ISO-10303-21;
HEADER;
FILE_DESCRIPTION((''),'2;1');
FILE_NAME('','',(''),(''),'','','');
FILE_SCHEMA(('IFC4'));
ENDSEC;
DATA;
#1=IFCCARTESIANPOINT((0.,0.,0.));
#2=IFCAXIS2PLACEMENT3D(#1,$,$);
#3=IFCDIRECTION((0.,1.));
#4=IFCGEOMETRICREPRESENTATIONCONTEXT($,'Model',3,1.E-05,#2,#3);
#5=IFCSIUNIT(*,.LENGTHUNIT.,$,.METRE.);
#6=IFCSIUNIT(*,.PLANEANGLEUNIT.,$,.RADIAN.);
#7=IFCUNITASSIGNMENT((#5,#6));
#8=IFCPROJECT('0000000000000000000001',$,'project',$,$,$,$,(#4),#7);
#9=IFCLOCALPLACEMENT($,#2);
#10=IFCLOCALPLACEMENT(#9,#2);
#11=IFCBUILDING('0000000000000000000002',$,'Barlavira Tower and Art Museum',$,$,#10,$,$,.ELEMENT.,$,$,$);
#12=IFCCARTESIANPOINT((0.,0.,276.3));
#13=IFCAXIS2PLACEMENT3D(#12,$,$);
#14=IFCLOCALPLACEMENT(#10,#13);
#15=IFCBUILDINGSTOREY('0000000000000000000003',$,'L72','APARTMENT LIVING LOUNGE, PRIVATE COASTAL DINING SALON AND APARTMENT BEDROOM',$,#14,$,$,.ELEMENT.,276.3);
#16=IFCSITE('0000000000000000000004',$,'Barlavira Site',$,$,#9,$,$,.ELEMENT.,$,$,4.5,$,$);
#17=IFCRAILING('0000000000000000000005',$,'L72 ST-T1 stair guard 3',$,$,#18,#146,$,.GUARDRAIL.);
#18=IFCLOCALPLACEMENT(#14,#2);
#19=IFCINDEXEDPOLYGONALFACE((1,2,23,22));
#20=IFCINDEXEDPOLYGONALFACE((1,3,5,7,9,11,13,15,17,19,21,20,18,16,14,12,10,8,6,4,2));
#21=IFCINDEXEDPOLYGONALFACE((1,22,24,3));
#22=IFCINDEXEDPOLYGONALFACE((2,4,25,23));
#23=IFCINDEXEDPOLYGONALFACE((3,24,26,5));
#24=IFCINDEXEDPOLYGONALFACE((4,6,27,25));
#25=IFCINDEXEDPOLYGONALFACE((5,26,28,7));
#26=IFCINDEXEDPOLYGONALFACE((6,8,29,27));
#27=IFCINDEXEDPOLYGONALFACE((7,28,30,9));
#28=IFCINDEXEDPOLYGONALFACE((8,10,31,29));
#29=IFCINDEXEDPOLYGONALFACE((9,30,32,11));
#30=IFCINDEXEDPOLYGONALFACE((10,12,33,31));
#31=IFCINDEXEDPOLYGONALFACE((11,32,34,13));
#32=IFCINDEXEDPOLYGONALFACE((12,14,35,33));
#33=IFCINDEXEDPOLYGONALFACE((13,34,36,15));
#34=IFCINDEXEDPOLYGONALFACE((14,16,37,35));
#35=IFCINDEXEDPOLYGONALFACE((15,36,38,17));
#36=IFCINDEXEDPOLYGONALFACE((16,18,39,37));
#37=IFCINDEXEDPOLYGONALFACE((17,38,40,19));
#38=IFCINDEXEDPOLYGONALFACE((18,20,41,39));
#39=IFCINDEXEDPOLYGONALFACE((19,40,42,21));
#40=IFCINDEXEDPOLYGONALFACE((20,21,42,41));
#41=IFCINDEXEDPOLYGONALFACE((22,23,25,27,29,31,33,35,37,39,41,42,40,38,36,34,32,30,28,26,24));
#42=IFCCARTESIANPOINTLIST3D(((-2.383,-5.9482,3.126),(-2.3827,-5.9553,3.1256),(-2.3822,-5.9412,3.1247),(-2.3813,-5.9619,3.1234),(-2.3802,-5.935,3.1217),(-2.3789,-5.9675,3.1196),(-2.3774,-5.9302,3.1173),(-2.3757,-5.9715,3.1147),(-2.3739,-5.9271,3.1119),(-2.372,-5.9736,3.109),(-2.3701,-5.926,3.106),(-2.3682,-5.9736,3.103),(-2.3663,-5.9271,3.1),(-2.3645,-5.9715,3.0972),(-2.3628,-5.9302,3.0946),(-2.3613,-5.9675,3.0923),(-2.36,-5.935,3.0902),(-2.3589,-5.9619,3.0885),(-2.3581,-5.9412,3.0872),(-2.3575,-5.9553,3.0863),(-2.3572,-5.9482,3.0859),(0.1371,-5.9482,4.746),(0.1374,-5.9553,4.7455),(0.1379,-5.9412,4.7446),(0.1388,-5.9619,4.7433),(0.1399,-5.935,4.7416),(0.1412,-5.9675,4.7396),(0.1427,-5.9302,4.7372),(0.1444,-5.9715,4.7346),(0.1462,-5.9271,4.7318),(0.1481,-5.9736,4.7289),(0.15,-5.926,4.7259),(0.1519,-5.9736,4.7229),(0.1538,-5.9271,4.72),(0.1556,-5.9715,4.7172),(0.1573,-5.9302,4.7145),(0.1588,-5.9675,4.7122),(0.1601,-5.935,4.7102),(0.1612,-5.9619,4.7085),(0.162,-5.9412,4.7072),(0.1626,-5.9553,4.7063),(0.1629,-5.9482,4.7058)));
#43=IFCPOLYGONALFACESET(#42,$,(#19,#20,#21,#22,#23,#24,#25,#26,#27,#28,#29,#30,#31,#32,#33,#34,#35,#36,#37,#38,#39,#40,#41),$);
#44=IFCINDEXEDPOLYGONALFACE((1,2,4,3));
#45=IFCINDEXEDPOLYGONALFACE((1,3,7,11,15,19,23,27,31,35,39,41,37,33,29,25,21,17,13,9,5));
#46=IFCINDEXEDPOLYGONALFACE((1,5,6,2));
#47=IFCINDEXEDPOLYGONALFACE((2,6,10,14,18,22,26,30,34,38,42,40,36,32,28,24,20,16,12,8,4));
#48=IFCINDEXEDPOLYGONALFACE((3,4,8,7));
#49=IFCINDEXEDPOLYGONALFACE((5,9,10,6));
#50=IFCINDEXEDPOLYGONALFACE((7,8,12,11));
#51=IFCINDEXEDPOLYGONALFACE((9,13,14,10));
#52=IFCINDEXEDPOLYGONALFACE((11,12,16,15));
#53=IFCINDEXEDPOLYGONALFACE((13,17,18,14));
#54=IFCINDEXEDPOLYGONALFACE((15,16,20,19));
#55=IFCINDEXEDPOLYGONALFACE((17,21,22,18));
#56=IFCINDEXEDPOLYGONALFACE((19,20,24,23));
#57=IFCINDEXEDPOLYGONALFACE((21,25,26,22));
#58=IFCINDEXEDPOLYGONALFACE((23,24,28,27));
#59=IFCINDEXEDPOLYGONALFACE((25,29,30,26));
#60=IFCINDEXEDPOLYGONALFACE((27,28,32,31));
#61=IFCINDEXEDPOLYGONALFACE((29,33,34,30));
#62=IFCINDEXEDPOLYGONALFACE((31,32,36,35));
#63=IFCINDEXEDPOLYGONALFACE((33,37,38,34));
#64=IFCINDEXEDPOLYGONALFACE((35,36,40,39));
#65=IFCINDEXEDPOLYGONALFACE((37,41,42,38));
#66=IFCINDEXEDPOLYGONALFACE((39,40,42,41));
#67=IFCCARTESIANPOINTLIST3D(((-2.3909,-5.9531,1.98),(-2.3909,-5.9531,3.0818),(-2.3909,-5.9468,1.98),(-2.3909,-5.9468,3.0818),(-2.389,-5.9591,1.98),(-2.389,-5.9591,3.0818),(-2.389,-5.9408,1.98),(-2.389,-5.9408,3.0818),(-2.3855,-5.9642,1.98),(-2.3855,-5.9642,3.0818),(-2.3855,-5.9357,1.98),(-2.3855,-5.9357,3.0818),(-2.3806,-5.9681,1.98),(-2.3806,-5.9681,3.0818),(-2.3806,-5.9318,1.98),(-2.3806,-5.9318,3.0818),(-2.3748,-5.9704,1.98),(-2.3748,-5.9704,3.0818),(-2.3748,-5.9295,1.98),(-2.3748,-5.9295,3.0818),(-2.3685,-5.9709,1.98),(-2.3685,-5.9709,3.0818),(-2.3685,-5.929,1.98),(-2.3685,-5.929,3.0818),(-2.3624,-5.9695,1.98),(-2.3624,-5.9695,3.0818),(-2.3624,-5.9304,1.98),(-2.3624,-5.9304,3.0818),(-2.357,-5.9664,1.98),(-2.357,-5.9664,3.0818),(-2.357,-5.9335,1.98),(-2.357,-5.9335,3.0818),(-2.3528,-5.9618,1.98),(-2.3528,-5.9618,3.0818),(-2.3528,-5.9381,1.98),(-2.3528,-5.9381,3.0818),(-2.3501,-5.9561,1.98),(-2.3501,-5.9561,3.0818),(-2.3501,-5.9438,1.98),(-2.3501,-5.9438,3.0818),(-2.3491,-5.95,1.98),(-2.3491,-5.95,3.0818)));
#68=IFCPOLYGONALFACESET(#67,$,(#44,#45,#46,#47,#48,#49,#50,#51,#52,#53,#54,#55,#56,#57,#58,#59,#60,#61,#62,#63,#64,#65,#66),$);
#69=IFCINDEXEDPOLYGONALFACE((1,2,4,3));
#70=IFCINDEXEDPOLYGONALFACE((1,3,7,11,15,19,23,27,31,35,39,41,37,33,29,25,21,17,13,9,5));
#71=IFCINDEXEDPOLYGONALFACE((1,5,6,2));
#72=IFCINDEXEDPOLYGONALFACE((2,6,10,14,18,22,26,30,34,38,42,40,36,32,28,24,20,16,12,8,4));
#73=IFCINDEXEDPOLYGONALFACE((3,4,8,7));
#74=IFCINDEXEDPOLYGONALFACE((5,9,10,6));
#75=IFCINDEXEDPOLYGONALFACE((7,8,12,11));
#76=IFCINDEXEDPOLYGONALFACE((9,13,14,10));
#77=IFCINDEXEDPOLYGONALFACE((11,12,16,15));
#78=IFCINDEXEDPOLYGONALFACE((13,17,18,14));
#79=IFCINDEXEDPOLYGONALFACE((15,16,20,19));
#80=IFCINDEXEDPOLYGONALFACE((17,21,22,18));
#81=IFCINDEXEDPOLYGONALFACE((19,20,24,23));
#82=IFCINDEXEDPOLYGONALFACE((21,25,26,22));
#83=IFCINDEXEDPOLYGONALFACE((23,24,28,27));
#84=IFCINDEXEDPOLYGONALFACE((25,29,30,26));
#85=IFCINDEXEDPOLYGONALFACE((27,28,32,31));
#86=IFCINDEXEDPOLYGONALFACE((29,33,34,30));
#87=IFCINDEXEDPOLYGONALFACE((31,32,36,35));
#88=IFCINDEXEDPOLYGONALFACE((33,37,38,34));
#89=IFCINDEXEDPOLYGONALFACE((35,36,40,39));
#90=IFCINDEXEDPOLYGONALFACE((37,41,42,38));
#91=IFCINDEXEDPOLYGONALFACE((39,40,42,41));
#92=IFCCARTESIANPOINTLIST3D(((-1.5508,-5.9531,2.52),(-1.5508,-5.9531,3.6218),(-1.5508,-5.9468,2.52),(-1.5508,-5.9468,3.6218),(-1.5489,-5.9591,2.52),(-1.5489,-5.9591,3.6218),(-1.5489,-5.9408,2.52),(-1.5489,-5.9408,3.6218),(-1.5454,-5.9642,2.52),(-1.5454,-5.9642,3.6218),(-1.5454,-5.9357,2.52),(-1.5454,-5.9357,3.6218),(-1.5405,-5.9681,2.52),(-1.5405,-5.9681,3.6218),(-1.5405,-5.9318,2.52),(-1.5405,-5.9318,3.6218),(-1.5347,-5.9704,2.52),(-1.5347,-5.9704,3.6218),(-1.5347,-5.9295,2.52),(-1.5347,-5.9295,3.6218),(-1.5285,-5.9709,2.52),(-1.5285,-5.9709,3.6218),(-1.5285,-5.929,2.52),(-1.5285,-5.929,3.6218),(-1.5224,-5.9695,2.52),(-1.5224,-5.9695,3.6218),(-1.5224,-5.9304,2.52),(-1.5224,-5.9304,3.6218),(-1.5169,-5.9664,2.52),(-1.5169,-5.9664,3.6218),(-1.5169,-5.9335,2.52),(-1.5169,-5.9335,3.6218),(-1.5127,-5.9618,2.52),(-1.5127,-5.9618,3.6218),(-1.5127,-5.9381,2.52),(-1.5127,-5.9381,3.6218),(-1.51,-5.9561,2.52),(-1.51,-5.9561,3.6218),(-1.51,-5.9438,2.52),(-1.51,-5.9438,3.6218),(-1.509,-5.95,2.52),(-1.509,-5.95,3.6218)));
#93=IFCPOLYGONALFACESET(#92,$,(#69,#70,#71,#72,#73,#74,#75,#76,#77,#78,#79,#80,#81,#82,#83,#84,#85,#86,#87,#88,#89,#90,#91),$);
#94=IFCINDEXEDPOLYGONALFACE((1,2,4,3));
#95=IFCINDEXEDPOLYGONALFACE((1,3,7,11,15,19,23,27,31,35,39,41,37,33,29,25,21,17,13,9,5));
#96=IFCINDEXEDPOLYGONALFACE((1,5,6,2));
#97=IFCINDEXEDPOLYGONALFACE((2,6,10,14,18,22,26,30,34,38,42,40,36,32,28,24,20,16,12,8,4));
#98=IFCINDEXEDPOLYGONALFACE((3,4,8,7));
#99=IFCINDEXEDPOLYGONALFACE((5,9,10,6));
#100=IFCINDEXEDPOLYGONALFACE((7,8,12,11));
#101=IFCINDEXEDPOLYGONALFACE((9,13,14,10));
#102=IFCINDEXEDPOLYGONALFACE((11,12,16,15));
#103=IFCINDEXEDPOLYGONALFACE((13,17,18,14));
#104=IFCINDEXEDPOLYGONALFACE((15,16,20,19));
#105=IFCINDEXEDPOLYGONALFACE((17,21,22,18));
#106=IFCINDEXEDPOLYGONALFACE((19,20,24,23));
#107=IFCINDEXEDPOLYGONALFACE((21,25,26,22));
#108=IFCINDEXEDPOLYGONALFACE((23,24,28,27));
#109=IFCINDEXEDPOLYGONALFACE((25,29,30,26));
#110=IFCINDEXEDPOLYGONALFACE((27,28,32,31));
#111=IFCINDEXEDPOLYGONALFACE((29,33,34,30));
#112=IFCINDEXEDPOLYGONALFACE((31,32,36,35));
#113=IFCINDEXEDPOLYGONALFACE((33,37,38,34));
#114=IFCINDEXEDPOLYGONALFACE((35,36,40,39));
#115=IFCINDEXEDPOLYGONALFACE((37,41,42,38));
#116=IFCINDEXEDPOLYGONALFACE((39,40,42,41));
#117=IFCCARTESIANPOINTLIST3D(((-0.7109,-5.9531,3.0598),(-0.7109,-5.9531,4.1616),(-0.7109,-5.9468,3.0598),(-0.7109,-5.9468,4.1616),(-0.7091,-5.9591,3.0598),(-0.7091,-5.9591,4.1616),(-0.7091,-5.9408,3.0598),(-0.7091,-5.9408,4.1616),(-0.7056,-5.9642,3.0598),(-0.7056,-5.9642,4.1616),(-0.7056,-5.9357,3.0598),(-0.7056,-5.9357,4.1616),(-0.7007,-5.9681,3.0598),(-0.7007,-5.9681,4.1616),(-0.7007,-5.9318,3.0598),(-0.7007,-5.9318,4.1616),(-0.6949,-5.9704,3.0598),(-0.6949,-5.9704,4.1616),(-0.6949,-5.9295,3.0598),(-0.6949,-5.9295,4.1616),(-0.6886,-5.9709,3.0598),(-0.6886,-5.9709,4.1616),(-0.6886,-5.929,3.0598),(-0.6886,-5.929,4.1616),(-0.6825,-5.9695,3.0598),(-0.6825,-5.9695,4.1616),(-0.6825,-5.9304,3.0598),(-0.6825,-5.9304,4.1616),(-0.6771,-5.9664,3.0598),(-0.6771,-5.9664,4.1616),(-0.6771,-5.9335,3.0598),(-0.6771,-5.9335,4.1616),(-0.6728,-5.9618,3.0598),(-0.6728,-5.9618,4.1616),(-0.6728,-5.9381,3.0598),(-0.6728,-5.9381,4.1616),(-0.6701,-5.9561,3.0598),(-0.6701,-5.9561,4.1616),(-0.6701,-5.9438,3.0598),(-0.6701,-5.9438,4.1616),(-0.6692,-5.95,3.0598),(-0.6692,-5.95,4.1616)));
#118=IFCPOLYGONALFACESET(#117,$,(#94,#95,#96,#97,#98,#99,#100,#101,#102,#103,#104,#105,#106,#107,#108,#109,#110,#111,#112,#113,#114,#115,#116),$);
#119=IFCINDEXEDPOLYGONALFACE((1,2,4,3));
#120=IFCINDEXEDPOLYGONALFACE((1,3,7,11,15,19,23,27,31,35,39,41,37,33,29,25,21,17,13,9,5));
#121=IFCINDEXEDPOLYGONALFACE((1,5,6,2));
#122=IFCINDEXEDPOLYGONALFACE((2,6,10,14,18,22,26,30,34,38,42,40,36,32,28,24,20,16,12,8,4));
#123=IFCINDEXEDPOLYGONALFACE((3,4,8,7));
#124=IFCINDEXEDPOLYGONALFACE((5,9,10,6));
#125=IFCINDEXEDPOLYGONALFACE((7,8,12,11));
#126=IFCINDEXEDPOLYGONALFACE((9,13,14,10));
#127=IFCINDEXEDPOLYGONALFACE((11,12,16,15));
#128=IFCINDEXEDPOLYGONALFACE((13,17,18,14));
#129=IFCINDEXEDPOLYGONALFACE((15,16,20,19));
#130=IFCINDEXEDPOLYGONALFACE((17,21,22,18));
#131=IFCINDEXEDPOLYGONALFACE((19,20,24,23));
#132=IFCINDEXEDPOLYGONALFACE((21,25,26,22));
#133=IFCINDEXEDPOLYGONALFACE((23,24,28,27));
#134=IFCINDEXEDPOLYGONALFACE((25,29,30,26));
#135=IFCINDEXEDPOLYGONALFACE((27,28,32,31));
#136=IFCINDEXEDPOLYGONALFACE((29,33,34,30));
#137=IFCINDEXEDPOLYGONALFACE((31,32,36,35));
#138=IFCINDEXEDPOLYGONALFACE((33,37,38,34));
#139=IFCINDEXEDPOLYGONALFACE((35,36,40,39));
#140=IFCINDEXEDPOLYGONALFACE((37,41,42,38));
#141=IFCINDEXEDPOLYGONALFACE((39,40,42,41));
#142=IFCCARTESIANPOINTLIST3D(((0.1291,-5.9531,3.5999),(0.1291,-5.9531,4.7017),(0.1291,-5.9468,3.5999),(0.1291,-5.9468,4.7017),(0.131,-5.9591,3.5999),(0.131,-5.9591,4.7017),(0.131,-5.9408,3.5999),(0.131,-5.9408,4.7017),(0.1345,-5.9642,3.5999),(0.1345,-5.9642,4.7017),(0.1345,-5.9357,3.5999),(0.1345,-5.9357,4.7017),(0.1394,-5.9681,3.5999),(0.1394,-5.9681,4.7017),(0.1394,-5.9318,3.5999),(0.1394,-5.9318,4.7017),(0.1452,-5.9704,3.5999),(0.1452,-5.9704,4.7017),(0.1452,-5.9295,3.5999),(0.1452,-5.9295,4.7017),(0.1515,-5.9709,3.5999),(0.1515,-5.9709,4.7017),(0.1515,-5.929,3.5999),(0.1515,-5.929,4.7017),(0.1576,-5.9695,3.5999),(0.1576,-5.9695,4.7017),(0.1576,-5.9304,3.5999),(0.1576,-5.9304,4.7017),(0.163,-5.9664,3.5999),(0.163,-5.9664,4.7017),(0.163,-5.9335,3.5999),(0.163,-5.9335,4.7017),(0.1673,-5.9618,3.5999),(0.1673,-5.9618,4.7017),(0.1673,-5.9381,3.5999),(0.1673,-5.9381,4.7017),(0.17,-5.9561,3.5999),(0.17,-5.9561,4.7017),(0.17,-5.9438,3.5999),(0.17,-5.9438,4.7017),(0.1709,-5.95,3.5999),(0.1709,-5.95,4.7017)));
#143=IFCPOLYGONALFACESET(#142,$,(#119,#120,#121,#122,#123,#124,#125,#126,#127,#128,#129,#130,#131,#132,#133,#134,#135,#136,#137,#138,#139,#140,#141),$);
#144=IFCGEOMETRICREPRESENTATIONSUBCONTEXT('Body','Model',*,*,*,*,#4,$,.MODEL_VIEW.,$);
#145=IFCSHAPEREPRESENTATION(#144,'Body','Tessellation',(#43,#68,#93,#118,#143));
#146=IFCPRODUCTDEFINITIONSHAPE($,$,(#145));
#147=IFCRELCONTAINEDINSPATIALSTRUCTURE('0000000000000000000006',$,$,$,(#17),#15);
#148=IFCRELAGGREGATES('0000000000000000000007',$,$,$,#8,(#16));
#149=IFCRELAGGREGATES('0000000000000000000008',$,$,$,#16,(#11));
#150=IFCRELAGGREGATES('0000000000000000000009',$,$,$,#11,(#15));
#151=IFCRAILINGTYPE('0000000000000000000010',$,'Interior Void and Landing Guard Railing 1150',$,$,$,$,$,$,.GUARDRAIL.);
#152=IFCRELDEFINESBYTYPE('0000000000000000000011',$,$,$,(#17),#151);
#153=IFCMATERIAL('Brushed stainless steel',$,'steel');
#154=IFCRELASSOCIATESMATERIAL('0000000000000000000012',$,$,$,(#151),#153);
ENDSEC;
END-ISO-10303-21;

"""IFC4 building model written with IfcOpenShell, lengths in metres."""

from ifc_helpers import new_model, si_unit, direction, frame, origin, origin_2d, place, context, subcontext, project, spatial, circle, extrude, material, type_object, element, save


model = new_model("IFC4")

# Units and contexts
model_context = context("Model", 3, precision=1e-05, world=origin(), true_north=direction((0.0, 1.0)))
body_context = subcontext(model_context, "Body", "Model", "MODEL_VIEW")
ifc_project = project(units=[si_unit("LENGTHUNIT", "METRE"), si_unit("PLANEANGLEUNIT", "RADIAN")], contexts=[model_context])

# Site, building, storey
site_placement = place(None, origin())
site = spatial("IfcSite", under=ifc_project, at=site_placement, Name="Barlavira Site", CompositionType="ELEMENT", RefElevation=4.5)
building_placement = place(site_placement, origin())
building = spatial("IfcBuilding", under=site, at=building_placement, Name="Barlavira Tower and Art Museum", CompositionType="ELEMENT")
storey_placement = place(building_placement, frame((0.0, 0.0, 276.3)))
storey = spatial("IfcBuildingStorey", under=building, at=storey_placement, Name="L72", Description="APARTMENT LIVING LOUNGE, PRIVATE COASTAL DINING SALON AND APARTMENT BEDROOM", CompositionType="ELEMENT", Elevation=276.3)

# Shared definitions
ifc_material_1 = material(Name="Brushed stainless steel", Category="steel")

# Railing
railing_type_1 = type_object("IfcRailingType", Name="Interior Void and Landing Guard Railing 1150", PredefinedType="GUARDRAIL", material=ifc_material_1)
railing_1_placement = place(storey_placement, frame((-2.3701, -5.95, 1.98)))
element("IfcRailing", 1, at=railing_1_placement, inside=storey, type_object=railing_type_1, Name="L72 ST-T1 stair guard 3", PredefinedType="GUARDRAIL", context=body_context, shape_type="SweptSolid", body=[
    extrude(circle(Radius=0.0239, at=origin_2d()), frame((0.0, 0.0, 1.126), z_axis=(0.8412, 0.0, 0.540725), x_axis=(0.0, 1.0, 0.0)), (0.0, 0.0, 1.0), 2.9958),
    extrude(circle(Radius=0.021, at=origin_2d()), origin(), (0.0, 0.0, 1.0), 1.1018),
    extrude(circle(Radius=0.021, at=origin_2d()), frame((0.8401, 0.0, 0.54)), (0.0, 0.0, 1.0), 1.1018),
    extrude(circle(Radius=0.021, at=origin_2d()), frame((1.6799, 0.0, 1.0798)), (0.0, 0.0, 1.0), 1.1018),
    extrude(circle(Radius=0.021, at=origin_2d()), frame((2.52, 0.0, 1.6199)), (0.0, 0.0, 1.0), 1.1018),
])

save(model, "model.ifc")
